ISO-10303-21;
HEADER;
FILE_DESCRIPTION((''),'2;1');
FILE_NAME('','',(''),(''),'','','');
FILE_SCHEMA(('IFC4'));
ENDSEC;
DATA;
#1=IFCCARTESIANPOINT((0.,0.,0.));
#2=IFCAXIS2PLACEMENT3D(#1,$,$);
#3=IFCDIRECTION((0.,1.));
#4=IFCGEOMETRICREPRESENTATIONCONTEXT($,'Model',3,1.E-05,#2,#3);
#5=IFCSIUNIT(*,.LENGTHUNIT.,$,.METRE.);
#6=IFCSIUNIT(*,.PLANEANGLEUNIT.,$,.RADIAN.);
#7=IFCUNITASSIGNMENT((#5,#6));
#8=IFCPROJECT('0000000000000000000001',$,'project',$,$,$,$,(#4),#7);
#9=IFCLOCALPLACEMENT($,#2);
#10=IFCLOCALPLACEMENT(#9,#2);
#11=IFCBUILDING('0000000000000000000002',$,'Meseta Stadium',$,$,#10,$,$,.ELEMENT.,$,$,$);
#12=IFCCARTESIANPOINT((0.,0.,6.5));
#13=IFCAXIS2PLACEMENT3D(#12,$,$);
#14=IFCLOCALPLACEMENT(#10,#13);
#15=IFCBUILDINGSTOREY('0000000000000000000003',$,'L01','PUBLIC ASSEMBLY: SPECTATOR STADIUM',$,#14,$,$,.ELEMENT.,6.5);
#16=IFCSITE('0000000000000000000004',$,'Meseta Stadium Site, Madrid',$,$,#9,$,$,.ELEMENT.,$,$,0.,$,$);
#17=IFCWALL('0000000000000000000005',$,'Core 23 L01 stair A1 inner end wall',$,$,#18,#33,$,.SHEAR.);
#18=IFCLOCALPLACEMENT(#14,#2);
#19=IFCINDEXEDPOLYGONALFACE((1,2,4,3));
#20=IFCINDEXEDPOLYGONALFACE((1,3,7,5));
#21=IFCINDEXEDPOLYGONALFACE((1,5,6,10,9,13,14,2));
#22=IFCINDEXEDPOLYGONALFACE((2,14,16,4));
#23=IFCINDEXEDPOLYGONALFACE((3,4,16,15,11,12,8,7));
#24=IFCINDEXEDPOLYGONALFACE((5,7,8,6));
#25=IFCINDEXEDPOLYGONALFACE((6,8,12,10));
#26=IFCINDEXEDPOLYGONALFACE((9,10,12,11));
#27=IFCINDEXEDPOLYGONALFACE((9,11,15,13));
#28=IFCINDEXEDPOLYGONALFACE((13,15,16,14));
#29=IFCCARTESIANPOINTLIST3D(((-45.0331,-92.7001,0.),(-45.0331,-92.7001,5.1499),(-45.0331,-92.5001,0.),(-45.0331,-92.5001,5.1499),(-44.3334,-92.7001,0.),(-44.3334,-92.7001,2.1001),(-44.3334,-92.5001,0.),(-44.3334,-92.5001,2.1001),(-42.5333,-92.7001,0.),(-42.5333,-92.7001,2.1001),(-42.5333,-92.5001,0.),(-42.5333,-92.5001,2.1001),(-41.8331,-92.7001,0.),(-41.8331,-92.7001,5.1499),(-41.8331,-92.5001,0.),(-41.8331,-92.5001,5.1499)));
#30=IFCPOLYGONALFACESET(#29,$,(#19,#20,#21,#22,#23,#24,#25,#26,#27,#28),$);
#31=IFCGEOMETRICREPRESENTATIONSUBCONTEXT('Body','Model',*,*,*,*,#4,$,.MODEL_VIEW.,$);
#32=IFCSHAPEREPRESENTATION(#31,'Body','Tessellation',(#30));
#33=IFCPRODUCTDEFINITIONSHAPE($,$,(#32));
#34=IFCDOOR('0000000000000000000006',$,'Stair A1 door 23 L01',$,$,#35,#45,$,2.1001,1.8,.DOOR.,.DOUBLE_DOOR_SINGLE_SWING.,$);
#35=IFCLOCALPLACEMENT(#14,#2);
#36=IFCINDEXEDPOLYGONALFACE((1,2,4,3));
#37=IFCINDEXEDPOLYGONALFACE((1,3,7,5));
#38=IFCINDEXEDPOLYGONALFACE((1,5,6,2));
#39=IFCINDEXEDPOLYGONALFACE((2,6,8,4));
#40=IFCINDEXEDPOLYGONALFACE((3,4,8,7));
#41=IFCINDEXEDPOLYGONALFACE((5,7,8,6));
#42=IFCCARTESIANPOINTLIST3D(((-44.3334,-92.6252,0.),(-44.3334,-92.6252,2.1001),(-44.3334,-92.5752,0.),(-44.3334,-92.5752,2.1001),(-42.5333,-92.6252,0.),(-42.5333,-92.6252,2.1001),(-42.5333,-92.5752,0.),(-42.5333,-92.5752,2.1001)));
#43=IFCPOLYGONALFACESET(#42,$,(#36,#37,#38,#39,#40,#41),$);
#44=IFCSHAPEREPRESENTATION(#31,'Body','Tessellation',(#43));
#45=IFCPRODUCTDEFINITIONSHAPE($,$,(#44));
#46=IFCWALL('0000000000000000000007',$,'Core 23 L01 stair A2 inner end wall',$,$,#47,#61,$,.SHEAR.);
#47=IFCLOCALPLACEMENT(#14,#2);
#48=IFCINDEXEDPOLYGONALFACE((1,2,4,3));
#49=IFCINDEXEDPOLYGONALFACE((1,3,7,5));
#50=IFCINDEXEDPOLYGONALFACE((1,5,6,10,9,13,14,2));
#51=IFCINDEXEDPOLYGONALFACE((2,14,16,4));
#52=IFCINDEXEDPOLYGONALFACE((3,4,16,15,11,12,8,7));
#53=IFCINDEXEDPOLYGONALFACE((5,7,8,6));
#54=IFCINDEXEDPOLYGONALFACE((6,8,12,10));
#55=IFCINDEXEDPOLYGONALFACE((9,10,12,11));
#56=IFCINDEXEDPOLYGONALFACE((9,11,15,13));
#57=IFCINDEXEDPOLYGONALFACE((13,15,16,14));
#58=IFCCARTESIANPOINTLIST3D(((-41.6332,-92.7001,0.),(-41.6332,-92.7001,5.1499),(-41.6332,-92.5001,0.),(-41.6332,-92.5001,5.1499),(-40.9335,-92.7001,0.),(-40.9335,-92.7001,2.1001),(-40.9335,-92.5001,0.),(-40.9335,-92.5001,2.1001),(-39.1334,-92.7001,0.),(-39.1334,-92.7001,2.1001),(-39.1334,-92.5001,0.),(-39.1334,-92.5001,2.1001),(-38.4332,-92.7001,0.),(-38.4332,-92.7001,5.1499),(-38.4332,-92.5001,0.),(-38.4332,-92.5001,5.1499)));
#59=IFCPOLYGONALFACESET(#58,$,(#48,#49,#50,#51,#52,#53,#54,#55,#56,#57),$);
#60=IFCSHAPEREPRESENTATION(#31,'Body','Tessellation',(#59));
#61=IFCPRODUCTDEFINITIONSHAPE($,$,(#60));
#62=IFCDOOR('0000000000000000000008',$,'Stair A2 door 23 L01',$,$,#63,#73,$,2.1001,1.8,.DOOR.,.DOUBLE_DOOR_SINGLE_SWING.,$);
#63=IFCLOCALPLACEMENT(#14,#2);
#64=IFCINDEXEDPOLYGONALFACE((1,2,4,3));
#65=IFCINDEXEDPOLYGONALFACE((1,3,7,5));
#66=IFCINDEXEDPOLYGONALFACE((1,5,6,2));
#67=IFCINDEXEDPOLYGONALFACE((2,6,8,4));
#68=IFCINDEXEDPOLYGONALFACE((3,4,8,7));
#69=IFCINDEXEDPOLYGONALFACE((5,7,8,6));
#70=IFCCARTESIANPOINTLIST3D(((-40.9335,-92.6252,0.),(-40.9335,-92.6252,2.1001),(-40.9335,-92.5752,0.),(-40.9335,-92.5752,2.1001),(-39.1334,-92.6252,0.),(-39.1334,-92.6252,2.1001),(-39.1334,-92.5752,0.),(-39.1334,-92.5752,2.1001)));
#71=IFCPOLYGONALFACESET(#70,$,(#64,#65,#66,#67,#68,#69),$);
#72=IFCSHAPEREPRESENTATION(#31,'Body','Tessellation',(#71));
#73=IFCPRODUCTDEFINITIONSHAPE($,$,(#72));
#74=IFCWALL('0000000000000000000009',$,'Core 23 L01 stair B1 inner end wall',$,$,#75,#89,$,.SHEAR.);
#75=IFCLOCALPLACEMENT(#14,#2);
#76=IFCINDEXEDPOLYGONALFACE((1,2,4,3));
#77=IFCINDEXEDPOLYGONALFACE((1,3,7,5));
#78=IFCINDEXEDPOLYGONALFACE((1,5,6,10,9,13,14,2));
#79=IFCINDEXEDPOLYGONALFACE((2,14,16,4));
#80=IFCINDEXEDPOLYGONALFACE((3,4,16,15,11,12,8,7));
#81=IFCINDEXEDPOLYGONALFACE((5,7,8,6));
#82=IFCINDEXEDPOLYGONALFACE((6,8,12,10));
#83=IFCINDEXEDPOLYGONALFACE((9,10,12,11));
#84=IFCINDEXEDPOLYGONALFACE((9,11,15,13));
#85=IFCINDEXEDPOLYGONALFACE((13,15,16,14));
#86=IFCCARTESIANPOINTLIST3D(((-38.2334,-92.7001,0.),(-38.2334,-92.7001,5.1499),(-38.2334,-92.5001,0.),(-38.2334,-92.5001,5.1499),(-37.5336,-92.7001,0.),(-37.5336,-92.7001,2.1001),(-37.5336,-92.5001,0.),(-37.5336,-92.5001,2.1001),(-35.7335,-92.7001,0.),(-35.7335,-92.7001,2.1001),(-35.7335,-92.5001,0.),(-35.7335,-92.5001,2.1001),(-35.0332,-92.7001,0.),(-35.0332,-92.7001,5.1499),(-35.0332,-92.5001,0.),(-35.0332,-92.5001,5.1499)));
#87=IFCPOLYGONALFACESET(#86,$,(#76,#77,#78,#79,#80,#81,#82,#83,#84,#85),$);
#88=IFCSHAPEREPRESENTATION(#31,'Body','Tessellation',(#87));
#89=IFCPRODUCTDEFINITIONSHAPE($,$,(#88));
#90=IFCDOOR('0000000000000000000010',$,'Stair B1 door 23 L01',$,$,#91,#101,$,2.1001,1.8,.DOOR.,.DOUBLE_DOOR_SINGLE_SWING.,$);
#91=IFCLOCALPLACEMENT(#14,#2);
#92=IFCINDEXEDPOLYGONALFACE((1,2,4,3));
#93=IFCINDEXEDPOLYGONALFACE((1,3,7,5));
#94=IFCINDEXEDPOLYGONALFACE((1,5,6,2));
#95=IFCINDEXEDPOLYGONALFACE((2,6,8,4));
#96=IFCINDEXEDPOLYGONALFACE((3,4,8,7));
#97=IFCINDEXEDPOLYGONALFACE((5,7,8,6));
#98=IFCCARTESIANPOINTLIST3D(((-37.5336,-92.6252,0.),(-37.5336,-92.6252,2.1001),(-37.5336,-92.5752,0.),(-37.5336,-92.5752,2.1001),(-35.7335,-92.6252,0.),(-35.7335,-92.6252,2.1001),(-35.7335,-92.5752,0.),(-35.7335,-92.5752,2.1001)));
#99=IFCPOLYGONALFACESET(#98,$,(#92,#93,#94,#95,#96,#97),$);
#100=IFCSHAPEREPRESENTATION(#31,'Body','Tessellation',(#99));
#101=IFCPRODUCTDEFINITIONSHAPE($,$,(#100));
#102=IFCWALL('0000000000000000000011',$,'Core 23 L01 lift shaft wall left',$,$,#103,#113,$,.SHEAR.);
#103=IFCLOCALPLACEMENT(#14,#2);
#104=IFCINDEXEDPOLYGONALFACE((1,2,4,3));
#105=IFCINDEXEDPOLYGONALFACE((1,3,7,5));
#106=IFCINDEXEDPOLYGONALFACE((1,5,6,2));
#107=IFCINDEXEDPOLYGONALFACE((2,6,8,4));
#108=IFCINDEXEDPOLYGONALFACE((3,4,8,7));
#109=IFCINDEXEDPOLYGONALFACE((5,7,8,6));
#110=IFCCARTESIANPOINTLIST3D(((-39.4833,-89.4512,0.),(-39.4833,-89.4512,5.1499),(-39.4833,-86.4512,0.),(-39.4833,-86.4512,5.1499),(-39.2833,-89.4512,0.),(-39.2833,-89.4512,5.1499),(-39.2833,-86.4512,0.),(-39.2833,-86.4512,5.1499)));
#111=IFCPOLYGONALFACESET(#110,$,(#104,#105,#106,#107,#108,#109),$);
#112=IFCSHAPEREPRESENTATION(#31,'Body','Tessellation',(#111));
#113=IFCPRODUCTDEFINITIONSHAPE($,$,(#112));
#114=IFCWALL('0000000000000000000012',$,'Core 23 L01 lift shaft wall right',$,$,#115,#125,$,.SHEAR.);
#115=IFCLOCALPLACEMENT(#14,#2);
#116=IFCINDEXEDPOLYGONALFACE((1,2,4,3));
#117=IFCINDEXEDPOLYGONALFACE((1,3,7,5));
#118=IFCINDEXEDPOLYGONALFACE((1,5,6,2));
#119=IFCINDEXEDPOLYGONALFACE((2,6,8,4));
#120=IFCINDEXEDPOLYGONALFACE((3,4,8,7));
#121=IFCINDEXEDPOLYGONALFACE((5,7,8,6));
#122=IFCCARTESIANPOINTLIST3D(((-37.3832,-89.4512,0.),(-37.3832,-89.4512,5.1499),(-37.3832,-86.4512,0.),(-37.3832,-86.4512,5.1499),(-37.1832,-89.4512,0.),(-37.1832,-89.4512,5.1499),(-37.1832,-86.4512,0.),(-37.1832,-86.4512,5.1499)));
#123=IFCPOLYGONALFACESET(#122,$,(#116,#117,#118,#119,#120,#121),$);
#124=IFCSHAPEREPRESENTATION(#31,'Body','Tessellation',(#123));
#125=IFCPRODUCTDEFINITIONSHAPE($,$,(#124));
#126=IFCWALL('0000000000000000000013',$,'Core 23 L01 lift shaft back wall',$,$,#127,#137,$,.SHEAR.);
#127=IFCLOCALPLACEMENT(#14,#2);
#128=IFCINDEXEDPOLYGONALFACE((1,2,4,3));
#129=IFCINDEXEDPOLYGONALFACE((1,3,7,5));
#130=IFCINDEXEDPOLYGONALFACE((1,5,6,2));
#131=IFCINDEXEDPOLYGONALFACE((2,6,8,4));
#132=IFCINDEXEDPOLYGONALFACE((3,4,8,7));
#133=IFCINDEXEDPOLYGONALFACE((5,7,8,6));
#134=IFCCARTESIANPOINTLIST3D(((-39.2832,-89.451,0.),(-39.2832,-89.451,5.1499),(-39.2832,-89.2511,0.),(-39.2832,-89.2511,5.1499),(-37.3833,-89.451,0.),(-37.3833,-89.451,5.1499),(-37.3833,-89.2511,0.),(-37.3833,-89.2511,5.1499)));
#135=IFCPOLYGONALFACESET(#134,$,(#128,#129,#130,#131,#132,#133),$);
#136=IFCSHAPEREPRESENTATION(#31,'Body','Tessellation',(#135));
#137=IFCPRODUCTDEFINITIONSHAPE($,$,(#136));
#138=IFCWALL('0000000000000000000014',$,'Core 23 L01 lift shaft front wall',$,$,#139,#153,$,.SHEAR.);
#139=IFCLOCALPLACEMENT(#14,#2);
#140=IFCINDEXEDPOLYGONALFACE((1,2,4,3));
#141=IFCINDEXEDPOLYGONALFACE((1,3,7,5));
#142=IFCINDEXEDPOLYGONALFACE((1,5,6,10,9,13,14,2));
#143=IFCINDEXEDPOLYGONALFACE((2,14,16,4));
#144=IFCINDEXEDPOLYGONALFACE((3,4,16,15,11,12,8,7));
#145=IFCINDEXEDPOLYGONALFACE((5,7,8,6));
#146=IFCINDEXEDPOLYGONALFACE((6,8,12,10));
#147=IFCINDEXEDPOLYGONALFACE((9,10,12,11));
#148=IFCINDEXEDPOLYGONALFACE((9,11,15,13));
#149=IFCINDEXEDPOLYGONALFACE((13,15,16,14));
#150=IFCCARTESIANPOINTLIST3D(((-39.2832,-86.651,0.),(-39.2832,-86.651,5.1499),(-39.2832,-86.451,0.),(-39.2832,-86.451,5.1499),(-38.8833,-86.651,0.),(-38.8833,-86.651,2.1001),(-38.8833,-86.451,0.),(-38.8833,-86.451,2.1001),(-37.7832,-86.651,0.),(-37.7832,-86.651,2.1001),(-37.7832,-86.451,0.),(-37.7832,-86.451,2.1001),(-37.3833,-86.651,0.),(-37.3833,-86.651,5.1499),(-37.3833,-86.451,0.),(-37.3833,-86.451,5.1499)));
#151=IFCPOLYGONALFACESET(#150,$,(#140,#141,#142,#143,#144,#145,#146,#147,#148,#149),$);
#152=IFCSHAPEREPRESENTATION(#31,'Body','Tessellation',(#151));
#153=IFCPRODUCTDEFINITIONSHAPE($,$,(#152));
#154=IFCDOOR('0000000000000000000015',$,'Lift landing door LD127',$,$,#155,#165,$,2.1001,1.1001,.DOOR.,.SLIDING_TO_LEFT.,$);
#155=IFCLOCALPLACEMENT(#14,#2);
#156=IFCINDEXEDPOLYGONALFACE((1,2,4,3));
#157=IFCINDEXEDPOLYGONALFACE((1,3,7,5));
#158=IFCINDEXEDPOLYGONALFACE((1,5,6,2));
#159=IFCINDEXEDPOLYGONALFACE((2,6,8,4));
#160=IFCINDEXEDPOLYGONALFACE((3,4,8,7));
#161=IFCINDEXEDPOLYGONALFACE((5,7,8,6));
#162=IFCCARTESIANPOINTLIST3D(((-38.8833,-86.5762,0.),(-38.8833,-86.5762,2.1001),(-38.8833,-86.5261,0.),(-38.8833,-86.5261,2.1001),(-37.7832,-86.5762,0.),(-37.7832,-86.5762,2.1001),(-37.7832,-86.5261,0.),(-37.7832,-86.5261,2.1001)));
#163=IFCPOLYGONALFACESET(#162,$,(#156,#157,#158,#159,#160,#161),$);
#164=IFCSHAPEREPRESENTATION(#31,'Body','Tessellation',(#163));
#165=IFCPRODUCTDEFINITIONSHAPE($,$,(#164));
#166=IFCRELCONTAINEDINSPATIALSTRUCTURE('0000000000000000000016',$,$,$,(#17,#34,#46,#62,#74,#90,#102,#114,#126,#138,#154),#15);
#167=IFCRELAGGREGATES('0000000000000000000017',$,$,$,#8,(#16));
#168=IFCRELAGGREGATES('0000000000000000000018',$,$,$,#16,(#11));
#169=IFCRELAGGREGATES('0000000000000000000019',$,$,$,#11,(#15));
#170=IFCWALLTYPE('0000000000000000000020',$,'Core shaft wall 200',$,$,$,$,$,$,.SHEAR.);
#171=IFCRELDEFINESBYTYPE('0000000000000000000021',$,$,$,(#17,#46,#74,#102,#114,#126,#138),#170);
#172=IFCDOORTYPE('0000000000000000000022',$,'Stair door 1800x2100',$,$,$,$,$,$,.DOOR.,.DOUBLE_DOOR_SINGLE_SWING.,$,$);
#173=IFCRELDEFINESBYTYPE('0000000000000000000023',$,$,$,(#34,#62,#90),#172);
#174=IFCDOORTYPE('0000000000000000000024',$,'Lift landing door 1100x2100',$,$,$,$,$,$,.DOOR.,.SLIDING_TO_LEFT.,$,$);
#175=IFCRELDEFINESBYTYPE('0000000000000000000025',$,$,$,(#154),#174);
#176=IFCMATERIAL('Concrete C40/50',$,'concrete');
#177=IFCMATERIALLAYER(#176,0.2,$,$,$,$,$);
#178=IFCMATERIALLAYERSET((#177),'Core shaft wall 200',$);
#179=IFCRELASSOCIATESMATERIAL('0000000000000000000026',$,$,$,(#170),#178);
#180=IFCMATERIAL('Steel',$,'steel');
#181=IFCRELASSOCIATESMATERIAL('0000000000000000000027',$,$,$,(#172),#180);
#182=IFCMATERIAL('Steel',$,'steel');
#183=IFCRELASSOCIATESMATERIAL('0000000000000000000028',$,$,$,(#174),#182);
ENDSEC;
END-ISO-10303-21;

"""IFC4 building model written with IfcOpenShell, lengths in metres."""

from ifc_helpers import new_model, si_unit, direction, frame, frame_2d, origin, place, context, subcontext, project, spatial, rectangle, extrude, material, layer, layer_set, type_object, element, fill, save


model = new_model("IFC4")

# Units and contexts
model_context = context("Model", 3, precision=1e-05, world=origin(), true_north=direction((0.0, 1.0)))
body_context = subcontext(model_context, "Body", "Model", "MODEL_VIEW")
ifc_project = project(units=[si_unit("LENGTHUNIT", "METRE"), si_unit("PLANEANGLEUNIT", "RADIAN")], contexts=[model_context])

# Site, building, storey
site_placement = place(None, origin())
site = spatial("IfcSite", under=ifc_project, at=site_placement, Name="Meseta Stadium Site, Madrid", CompositionType="ELEMENT", RefElevation=0.0)
building_placement = place(site_placement, origin())
building = spatial("IfcBuilding", under=site, at=building_placement, Name="Meseta Stadium", CompositionType="ELEMENT")
storey_placement = place(building_placement, frame((0.0, 0.0, 6.5)))
storey = spatial("IfcBuildingStorey", under=building, at=storey_placement, Name="L01", Description="PUBLIC ASSEMBLY: SPECTATOR STADIUM", CompositionType="ELEMENT", Elevation=6.5)

# Walls, openings, doors
ifc_material_1 = material(Name="Concrete C40/50", Category="concrete")
ifc_layer_1 = layer(ifc_material_1, 0.2)
ifc_layer_set_1 = layer_set([ifc_layer_1], Name="Core shaft wall 200")
wall_type_1 = type_object("IfcWallType", Name="Core shaft wall 200", PredefinedType="SHEAR", material=ifc_layer_set_1)
wall_1_placement = place(storey_placement, frame((-45.0332, -92.6001, 0.0), z_axis=(0.0, 0.0, 1.0), x_axis=(1.0, 0.0, 0.0)))
wall_1 = element("IfcWall", 1, at=wall_1_placement, inside=storey, type_object=wall_type_1, Name="Core 23 L01 stair A1 inner end wall", PredefinedType="SHEAR", context=body_context, shape_type="SweptSolid", body=[
    extrude(rectangle(XDim=3.2, YDim=0.2, at=frame_2d((1.6001, 0.0))), origin(), (0.0, 0.0, 1.0), 5.1499),
])
opening_1_placement = place(wall_1_placement, frame((0.7, 0.0, 0.0)))
opening_1 = element("IfcOpeningElement", 2, at=opening_1_placement, cuts=wall_1, PredefinedType="OPENING", context=body_context, shape_type="SweptSolid", body=[
    extrude(rectangle(XDim=1.8, YDim=2.1001, at=frame_2d((0.8999, 1.05))), frame((0.0, 0.1099, 0.0), z_axis=(0.0, -1.0, 0.0), x_axis=(1.0, 0.0, 0.0)), (0.0, 0.0, 1.0), 0.22),
])
ifc_material_2 = material(Name="Steel", Category="steel")
door_type_1 = type_object("IfcDoorType", Name="Stair door 1800x2100", OperationType="DOUBLE_DOOR_SINGLE_SWING", PredefinedType="DOOR", material=ifc_material_2)
door_1_placement = place(opening_1_placement, origin())
door_1 = element("IfcDoor", 3, at=door_1_placement, inside=storey, type_object=door_type_1, Name="Stair A1 door 23 L01", OperationType="DOUBLE_DOOR_SINGLE_SWING", OverallHeight=2.1001, OverallWidth=1.8, PredefinedType="DOOR", context=body_context, shape_type="SweptSolid", body=[
    extrude(rectangle(XDim=1.8, YDim=2.1001, at=frame_2d((0.8999, 1.05))), frame((0.0, 0.0249, 0.0), z_axis=(0.0, -1.0, 0.0), x_axis=(1.0, 0.0, 0.0)), (0.0, 0.0, 1.0), 0.05),
])
fill(opening_1, door_1)
wall_2_placement = place(storey_placement, frame((-41.6333, -92.6001, 0.0), z_axis=(0.0, 0.0, 1.0), x_axis=(1.0, 0.0, 0.0)))
wall_2 = element("IfcWall", 4, at=wall_2_placement, inside=storey, type_object=wall_type_1, Name="Core 23 L01 stair A2 inner end wall", PredefinedType="SHEAR", context=body_context, shape_type="SweptSolid", body=[
    extrude(rectangle(XDim=3.2, YDim=0.2, at=frame_2d((1.6001, 0.0))), origin(), (0.0, 0.0, 1.0), 5.1499),
])
opening_2_placement = place(wall_2_placement, frame((0.7, 0.0, 0.0)))
opening_2 = element("IfcOpeningElement", 5, at=opening_2_placement, cuts=wall_2, PredefinedType="OPENING", context=body_context, shape_type="SweptSolid", body=[
    extrude(rectangle(XDim=1.8, YDim=2.1001, at=frame_2d((0.8999, 1.05))), frame((0.0, 0.1099, 0.0), z_axis=(0.0, -1.0, 0.0), x_axis=(1.0, 0.0, 0.0)), (0.0, 0.0, 1.0), 0.22),
])
door_2_placement = place(opening_2_placement, origin())
door_2 = element("IfcDoor", 6, at=door_2_placement, inside=storey, type_object=door_type_1, Name="Stair A2 door 23 L01", OperationType="DOUBLE_DOOR_SINGLE_SWING", OverallHeight=2.1001, OverallWidth=1.8, PredefinedType="DOOR", context=body_context, shape_type="SweptSolid", body=[
    extrude(rectangle(XDim=1.8, YDim=2.1001, at=frame_2d((0.8999, 1.05))), frame((0.0, 0.0249, 0.0), z_axis=(0.0, -1.0, 0.0), x_axis=(1.0, 0.0, 0.0)), (0.0, 0.0, 1.0), 0.05),
])
fill(opening_2, door_2)
wall_3_placement = place(storey_placement, frame((-38.2334, -92.6001, 0.0), z_axis=(0.0, 0.0, 1.0), x_axis=(1.0, 0.0, 0.0)))
wall_3 = element("IfcWall", 7, at=wall_3_placement, inside=storey, type_object=wall_type_1, Name="Core 23 L01 stair B1 inner end wall", PredefinedType="SHEAR", context=body_context, shape_type="SweptSolid", body=[
    extrude(rectangle(XDim=3.2002, YDim=0.2, at=frame_2d((1.6001, 0.0))), origin(), (0.0, 0.0, 1.0), 5.1499),
])
opening_3_placement = place(wall_3_placement, frame((0.7, 0.0, 0.0)))
opening_3 = element("IfcOpeningElement", 8, at=opening_3_placement, cuts=wall_3, PredefinedType="OPENING", context=body_context, shape_type="SweptSolid", body=[
    extrude(rectangle(XDim=1.8, YDim=2.1001, at=frame_2d((0.8999, 1.05))), frame((0.0, 0.1099, 0.0), z_axis=(0.0, -1.0, 0.0), x_axis=(1.0, 0.0, 0.0)), (0.0, 0.0, 1.0), 0.22),
])
door_3_placement = place(opening_3_placement, origin())
door_3 = element("IfcDoor", 9, at=door_3_placement, inside=storey, type_object=door_type_1, Name="Stair B1 door 23 L01", OperationType="DOUBLE_DOOR_SINGLE_SWING", OverallHeight=2.1001, OverallWidth=1.8, PredefinedType="DOOR", context=body_context, shape_type="SweptSolid", body=[
    extrude(rectangle(XDim=1.8, YDim=2.1001, at=frame_2d((0.8999, 1.05))), frame((0.0, 0.0249, 0.0), z_axis=(0.0, -1.0, 0.0), x_axis=(1.0, 0.0, 0.0)), (0.0, 0.0, 1.0), 0.05),
])
fill(opening_3, door_3)

# Walls
for number, where, z_axis, x_axis, name in (
    (10, (-39.3833, -89.4512, 0.0), (0.0, 0.0, 1.0), (0.0, 1.0, 0.0), "Core 23 L01 lift shaft wall left"),
    (11, (-37.2832, -89.4512, 0.0), (0.0, 0.0, 1.0), (0.0, 1.0, 0.0), "Core 23 L01 lift shaft wall right"),
):
    element("IfcWall", number, at=place(storey_placement, frame(where, z_axis=z_axis, x_axis=x_axis)), inside=storey, type_object=wall_type_1, Name=name, PredefinedType="SHEAR", context=body_context, shape_type="SweptSolid", body=[
        extrude(rectangle(XDim=3.0, YDim=0.2, at=frame_2d((1.5, 0.0))), origin(), (0.0, 0.0, 1.0), 5.1499),
    ])
wall_4_placement = place(storey_placement, frame((-39.2832, -89.3511, 0.0), z_axis=(0.0, 0.0, 1.0), x_axis=(1.0, 0.0, 0.0)))
element("IfcWall", 12, at=wall_4_placement, inside=storey, type_object=wall_type_1, Name="Core 23 L01 lift shaft back wall", PredefinedType="SHEAR", context=body_context, shape_type="SweptSolid", body=[
    extrude(rectangle(XDim=1.8999, YDim=0.2, at=frame_2d((0.95, 0.0))), origin(), (0.0, 0.0, 1.0), 5.1499),
])

# Wall, opening, door
wall_5_placement = place(storey_placement, frame((-39.2832, -86.551, 0.0), z_axis=(0.0, 0.0, 1.0), x_axis=(1.0, 0.0, 0.0)))
wall_5 = element("IfcWall", 13, at=wall_5_placement, inside=storey, type_object=wall_type_1, Name="Core 23 L01 lift shaft front wall", PredefinedType="SHEAR", context=body_context, shape_type="SweptSolid", body=[
    extrude(rectangle(XDim=1.8999, YDim=0.2, at=frame_2d((0.95, 0.0))), origin(), (0.0, 0.0, 1.0), 5.1499),
])
opening_4_placement = place(wall_5_placement, frame((0.3999, 0.0, 0.0)))
opening_4 = element("IfcOpeningElement", 14, at=opening_4_placement, cuts=wall_5, PredefinedType="OPENING", context=body_context, shape_type="SweptSolid", body=[
    extrude(rectangle(XDim=1.1001, YDim=2.1001, at=frame_2d((0.55, 1.05))), frame((0.0, 0.1099, 0.0), z_axis=(0.0, -1.0, 0.0), x_axis=(1.0, 0.0, 0.0)), (0.0, 0.0, 1.0), 0.22),
])
ifc_material_3 = material(Name="Steel", Category="steel")
door_type_2 = type_object("IfcDoorType", Name="Lift landing door 1100x2100", OperationType="SLIDING_TO_LEFT", PredefinedType="DOOR", material=ifc_material_3)
door_4_placement = place(opening_4_placement, origin())
door_4 = element("IfcDoor", 15, at=door_4_placement, inside=storey, type_object=door_type_2, Name="Lift landing door LD127", OperationType="SLIDING_TO_LEFT", OverallHeight=2.1001, OverallWidth=1.1001, PredefinedType="DOOR", context=body_context, shape_type="SweptSolid", body=[
    extrude(rectangle(XDim=1.1001, YDim=2.1001, at=frame_2d((0.55, 1.05))), frame((0.0, 0.0249, 0.0), z_axis=(0.0, -1.0, 0.0), x_axis=(1.0, 0.0, 0.0)), (0.0, 0.0, 1.0), 0.05),
])
fill(opening_4, door_4)

save(model, "model.ifc")
